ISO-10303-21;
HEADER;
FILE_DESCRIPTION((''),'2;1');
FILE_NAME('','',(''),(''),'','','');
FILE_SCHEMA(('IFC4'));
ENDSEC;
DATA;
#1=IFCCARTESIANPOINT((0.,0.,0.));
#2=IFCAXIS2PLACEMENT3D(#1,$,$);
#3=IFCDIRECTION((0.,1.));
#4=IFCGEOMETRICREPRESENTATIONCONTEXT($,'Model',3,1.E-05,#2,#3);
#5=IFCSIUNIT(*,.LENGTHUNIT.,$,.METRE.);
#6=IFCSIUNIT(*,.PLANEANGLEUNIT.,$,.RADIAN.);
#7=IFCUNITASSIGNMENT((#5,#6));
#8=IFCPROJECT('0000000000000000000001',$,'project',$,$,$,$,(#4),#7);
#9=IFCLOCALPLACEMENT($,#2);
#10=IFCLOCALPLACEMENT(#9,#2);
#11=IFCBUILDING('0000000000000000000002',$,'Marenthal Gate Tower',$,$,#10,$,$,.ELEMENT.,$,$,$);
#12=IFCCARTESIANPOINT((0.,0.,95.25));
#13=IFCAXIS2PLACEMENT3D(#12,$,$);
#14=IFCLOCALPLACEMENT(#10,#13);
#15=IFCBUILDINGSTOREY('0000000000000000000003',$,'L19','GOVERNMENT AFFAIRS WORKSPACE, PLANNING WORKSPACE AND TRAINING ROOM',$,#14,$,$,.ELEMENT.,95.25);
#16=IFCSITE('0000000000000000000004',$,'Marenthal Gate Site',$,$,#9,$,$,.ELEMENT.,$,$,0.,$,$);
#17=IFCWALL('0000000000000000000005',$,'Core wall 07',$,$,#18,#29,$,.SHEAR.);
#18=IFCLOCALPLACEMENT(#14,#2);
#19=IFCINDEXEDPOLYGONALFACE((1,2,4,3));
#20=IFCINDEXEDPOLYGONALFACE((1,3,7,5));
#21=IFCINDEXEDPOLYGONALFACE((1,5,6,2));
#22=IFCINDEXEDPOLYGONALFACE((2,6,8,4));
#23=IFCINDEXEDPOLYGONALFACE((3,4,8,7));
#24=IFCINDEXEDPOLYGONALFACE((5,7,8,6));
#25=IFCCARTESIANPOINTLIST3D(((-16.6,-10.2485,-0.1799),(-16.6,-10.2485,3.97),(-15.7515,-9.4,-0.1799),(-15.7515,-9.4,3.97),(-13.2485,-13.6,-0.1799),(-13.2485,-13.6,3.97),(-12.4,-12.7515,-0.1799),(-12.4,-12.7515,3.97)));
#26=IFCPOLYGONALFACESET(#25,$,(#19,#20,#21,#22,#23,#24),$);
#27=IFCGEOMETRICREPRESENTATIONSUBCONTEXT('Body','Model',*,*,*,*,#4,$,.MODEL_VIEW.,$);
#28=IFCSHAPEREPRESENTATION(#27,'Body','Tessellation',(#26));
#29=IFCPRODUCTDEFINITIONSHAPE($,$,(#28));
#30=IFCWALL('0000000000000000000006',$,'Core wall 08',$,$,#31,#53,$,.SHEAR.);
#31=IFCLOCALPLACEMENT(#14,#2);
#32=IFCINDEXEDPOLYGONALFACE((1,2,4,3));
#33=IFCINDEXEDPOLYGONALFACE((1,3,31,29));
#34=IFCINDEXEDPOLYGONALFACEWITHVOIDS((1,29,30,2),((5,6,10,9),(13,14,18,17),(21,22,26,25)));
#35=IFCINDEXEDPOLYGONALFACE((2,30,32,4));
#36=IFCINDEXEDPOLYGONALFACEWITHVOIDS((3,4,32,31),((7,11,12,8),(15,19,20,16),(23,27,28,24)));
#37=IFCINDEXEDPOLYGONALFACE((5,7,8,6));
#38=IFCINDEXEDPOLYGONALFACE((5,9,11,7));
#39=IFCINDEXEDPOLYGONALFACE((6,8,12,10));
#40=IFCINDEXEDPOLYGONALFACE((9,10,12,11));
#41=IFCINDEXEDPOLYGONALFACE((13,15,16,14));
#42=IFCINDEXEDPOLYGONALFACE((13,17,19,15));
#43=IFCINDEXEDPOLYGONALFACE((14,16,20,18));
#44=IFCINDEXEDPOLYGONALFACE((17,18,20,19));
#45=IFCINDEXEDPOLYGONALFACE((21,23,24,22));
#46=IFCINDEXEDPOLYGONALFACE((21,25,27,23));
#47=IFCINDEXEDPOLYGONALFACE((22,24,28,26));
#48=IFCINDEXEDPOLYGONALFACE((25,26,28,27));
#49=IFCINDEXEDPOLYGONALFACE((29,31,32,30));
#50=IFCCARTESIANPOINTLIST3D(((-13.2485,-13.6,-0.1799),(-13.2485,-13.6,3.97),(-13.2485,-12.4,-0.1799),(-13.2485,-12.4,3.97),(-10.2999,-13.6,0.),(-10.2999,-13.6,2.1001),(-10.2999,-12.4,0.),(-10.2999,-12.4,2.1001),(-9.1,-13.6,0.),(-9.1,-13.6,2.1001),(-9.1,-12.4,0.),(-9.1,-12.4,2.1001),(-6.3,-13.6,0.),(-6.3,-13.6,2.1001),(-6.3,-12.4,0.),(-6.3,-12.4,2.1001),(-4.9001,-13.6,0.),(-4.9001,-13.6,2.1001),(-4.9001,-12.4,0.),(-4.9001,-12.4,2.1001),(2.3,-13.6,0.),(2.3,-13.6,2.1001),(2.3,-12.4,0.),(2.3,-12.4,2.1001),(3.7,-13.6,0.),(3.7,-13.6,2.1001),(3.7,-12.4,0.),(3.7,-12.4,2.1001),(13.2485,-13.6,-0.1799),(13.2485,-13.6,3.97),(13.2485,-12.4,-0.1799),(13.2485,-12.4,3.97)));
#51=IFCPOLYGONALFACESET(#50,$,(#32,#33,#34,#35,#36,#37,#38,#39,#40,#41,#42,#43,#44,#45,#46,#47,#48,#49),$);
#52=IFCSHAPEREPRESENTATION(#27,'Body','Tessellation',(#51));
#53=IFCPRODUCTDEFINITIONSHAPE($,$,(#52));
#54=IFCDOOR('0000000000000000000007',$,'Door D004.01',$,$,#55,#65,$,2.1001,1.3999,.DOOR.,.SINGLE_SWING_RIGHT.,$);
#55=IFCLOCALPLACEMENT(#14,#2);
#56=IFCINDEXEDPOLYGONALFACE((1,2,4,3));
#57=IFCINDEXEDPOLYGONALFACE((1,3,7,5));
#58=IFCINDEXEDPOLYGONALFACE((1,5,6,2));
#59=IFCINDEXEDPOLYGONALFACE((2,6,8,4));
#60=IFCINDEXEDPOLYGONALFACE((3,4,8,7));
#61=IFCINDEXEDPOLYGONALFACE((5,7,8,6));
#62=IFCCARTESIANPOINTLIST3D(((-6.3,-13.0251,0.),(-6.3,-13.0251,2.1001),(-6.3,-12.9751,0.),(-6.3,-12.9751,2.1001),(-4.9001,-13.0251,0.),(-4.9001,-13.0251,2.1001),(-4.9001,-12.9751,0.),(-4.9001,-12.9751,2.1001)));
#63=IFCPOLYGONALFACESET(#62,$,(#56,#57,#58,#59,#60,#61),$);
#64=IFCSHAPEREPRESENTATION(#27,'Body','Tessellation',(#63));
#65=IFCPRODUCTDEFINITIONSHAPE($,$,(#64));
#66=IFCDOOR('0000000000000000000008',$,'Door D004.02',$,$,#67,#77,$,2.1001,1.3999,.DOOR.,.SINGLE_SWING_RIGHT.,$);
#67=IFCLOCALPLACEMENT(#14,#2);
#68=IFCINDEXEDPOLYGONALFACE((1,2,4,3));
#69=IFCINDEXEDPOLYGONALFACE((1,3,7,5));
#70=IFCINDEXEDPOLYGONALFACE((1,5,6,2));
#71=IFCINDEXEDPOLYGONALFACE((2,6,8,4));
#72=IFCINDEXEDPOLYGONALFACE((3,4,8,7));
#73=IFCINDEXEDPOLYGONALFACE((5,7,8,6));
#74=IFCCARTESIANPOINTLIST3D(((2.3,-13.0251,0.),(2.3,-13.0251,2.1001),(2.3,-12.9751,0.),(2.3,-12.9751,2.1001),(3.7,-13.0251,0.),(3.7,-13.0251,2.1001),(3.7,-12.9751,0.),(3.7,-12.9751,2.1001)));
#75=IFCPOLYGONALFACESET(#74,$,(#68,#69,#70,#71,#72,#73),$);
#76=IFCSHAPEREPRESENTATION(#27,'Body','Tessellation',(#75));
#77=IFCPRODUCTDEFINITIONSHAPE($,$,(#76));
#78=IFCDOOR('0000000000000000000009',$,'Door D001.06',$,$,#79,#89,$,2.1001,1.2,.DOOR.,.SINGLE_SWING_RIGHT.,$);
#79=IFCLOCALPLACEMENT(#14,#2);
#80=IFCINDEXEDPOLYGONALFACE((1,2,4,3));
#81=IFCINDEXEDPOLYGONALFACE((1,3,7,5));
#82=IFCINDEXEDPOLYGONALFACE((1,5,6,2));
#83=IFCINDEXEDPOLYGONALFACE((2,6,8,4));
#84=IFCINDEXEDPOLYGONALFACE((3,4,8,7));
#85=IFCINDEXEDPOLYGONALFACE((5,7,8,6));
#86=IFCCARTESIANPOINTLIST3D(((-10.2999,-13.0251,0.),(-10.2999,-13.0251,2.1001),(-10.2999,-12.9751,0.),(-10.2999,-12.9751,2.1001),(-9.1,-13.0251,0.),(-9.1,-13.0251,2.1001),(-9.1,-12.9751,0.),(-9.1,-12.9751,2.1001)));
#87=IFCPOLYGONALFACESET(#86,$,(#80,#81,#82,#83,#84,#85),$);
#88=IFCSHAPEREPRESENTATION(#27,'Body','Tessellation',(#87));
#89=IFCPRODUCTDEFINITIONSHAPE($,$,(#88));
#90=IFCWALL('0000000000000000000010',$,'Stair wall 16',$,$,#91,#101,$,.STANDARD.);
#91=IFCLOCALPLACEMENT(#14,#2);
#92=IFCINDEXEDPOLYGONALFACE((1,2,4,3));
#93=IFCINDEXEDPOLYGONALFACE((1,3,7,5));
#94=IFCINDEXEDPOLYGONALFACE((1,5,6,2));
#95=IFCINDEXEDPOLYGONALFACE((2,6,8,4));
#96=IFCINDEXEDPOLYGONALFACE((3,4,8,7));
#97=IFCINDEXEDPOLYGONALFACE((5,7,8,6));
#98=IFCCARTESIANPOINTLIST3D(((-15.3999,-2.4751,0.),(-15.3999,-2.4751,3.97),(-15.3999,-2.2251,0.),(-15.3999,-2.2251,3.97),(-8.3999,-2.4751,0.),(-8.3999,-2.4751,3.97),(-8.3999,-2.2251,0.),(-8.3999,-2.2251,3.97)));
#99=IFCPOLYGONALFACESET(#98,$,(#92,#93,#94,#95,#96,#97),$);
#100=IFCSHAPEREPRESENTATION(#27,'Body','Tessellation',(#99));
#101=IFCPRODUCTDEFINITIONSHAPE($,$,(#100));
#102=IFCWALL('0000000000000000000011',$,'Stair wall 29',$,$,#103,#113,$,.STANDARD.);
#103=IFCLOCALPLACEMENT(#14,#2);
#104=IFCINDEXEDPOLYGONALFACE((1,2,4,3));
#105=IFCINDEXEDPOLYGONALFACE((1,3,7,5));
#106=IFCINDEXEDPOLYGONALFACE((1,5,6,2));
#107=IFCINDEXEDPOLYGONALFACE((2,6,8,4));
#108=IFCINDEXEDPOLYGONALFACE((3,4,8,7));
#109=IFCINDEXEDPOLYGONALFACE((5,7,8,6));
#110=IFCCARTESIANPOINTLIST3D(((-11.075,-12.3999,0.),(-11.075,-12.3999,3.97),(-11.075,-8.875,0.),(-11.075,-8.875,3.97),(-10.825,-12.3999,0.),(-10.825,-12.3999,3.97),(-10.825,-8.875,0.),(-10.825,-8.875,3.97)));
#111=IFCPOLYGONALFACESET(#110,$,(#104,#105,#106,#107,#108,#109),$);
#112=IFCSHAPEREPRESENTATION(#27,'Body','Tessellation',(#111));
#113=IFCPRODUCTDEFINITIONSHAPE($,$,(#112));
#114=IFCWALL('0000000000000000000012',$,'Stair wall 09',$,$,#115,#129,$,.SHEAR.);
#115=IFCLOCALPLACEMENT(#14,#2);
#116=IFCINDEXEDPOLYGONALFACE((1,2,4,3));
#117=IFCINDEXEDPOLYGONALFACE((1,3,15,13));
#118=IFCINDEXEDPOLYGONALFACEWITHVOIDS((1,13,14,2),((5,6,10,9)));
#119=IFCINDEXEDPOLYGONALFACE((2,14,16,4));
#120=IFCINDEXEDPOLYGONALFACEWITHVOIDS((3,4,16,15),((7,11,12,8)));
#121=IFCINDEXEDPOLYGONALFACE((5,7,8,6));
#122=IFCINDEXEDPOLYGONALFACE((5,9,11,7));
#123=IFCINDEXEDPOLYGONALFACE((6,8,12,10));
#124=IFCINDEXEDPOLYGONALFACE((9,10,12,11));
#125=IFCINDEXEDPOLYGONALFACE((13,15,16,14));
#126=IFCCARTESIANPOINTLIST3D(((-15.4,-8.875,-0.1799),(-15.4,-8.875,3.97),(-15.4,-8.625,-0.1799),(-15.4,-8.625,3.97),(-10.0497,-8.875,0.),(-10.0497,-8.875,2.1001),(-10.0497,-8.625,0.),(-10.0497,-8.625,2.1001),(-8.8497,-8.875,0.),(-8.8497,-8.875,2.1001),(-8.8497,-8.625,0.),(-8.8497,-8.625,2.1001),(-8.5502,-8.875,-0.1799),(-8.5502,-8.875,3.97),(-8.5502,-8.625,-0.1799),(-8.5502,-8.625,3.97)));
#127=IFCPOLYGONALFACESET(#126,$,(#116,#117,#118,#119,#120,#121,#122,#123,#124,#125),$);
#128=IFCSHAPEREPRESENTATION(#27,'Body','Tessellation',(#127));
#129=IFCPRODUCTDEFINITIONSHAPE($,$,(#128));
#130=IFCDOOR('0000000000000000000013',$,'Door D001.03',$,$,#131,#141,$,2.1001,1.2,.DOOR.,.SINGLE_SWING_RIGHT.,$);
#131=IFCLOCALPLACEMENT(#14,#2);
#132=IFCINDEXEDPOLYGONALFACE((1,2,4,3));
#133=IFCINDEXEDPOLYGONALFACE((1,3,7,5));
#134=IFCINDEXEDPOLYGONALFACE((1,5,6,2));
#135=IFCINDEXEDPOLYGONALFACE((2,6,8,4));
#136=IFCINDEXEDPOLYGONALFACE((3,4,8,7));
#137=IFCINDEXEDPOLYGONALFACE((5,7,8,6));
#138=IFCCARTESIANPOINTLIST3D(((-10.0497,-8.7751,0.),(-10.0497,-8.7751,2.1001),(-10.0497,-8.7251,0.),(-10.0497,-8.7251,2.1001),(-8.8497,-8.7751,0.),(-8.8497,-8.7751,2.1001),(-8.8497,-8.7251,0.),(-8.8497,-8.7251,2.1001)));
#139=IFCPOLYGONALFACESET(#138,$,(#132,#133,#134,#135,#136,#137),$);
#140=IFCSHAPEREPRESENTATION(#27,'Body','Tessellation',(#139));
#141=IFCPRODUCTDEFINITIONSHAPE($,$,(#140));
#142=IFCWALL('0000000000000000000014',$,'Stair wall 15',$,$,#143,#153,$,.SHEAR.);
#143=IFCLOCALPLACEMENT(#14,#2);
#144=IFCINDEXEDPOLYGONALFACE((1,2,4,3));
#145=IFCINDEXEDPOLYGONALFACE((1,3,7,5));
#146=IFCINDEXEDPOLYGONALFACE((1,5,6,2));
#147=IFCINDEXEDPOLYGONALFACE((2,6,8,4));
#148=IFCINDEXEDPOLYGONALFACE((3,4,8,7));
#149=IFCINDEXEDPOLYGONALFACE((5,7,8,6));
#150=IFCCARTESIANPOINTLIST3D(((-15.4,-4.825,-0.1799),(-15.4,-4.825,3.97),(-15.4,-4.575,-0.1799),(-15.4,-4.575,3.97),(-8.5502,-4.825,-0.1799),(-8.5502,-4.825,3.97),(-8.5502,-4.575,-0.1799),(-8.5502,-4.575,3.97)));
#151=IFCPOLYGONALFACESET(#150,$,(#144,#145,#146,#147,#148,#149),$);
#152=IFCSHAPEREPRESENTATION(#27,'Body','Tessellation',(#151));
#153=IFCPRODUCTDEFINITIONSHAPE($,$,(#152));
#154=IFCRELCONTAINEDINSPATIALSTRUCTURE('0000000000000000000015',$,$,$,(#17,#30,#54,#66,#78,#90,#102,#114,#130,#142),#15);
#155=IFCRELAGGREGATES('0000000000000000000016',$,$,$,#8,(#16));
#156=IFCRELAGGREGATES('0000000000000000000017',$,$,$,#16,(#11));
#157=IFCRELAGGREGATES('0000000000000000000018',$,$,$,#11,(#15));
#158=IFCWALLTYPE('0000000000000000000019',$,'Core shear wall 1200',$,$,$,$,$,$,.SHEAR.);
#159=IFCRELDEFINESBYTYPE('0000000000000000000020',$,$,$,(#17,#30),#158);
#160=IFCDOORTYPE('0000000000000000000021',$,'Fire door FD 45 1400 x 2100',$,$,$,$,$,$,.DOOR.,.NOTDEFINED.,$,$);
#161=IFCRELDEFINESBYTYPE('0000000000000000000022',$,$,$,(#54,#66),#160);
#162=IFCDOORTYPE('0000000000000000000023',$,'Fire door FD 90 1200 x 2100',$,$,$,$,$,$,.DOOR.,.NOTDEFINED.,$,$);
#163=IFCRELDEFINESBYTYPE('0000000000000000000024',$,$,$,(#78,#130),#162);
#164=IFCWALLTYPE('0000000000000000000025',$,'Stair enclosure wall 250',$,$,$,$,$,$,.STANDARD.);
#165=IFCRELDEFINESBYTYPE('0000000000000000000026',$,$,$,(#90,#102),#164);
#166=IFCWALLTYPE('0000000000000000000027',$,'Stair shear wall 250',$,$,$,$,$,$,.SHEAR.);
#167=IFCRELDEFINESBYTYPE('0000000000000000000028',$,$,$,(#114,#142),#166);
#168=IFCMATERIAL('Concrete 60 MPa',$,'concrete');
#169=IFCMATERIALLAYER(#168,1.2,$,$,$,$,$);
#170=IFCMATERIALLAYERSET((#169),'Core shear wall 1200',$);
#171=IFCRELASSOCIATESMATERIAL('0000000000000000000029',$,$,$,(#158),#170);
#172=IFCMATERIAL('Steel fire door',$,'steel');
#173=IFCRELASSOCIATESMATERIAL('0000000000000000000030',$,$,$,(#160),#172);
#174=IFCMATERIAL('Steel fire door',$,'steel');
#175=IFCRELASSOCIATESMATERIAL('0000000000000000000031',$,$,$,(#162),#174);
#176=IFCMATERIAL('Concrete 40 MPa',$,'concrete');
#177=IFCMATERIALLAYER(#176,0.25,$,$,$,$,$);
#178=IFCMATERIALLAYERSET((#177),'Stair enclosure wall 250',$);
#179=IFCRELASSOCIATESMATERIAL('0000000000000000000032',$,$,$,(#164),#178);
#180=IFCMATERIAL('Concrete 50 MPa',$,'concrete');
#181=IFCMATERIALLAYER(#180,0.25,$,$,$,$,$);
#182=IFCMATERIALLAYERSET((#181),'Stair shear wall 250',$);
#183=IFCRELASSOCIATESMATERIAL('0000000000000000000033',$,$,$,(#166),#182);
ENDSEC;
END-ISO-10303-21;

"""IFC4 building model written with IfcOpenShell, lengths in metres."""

from ifc_helpers import new_model, si_unit, direction, frame, frame_2d, origin, place, context, subcontext, project, spatial, rectangle, extrude, material, layer, layer_set, type_object, element, fill, save


model = new_model("IFC4")

# Units and contexts
model_context = context("Model", 3, precision=1e-05, world=origin(), true_north=direction((0.0, 1.0)))
body_context = subcontext(model_context, "Body", "Model", "MODEL_VIEW")
ifc_project = project(units=[si_unit("LENGTHUNIT", "METRE"), si_unit("PLANEANGLEUNIT", "RADIAN")], contexts=[model_context])

# Site, building, storey
site_placement = place(None, origin())
site = spatial("IfcSite", under=ifc_project, at=site_placement, Name="Marenthal Gate Site", CompositionType="ELEMENT", RefElevation=0.0)
building_placement = place(site_placement, origin())
building = spatial("IfcBuilding", under=site, at=building_placement, Name="Marenthal Gate Tower", CompositionType="ELEMENT")
storey_placement = place(building_placement, frame((0.0, 0.0, 95.25)))
storey = spatial("IfcBuildingStorey", under=building, at=storey_placement, Name="L19", Description="GOVERNMENT AFFAIRS WORKSPACE, PLANNING WORKSPACE AND TRAINING ROOM", CompositionType="ELEMENT", Elevation=95.25)

# Wall
ifc_material_1 = material(Name="Concrete 60 MPa", Category="concrete")
ifc_layer_1 = layer(ifc_material_1, 1.2)
ifc_layer_set_1 = layer_set([ifc_layer_1], Name="Core shear wall 1200")
wall_type_1 = type_object("IfcWallType", Name="Core shear wall 1200", PredefinedType="SHEAR", material=ifc_layer_set_1)
wall_1_placement = place(storey_placement, frame((-16.1758, -9.8242, -0.1799), z_axis=(0.0, 0.0, 1.0), x_axis=(0.707107, -0.707107, 0.0)))
element("IfcWall", 1, at=wall_1_placement, inside=storey, type_object=wall_type_1, Name="Core wall 07", PredefinedType="SHEAR", context=body_context, shape_type="SweptSolid", body=[
    extrude(rectangle(XDim=4.7397, YDim=1.2, at=frame_2d((2.3699, 0.0))), origin(), (0.0, 0.0, 1.0), 4.1499),
])

# Wall, openings, doors
wall_2_placement = place(storey_placement, frame((-13.2485, -13.0, -0.1799), z_axis=(0.0, 0.0, 1.0), x_axis=(1.0, 0.0, 0.0)))
wall_2 = element("IfcWall", 2, at=wall_2_placement, inside=storey, type_object=wall_type_1, Name="Core wall 08", PredefinedType="SHEAR", context=body_context, shape_type="SweptSolid", body=[
    extrude(rectangle(XDim=26.4971, YDim=1.2, at=frame_2d((13.2485, 0.0))), origin(), (0.0, 0.0, 1.0), 4.1499),
])
opening_1_placement = place(wall_2_placement, frame((2.9485, 0.0, 0.1799)))
opening_1 = element("IfcOpeningElement", 3, at=opening_1_placement, cuts=wall_2, PredefinedType="OPENING", context=body_context, shape_type="SweptSolid", body=[
    extrude(rectangle(XDim=1.2, YDim=2.1001, at=frame_2d((0.6001, 1.05))), frame((0.0, 0.6099, 0.0), z_axis=(0.0, -1.0, 0.0), x_axis=(1.0, 0.0, 0.0)), (0.0, 0.0, 1.0), 1.22),
])
opening_2_placement = place(wall_2_placement, frame((6.9485, 0.0, 0.1799)))
opening_2 = element("IfcOpeningElement", 4, at=opening_2_placement, cuts=wall_2, PredefinedType="OPENING", context=body_context, shape_type="SweptSolid", body=[
    extrude(rectangle(XDim=1.3999, YDim=2.1001, at=frame_2d((0.7, 1.05))), frame((0.0, 0.6099, 0.0), z_axis=(0.0, -1.0, 0.0), x_axis=(1.0, 0.0, 0.0)), (0.0, 0.0, 1.0), 1.22),
])
opening_3_placement = place(wall_2_placement, frame((15.5486, 0.0, 0.1799)))
opening_3 = element("IfcOpeningElement", 5, at=opening_3_placement, cuts=wall_2, PredefinedType="OPENING", context=body_context, shape_type="SweptSolid", body=[
    extrude(rectangle(XDim=1.3999, YDim=2.1001, at=frame_2d((0.7, 1.05))), frame((0.0, 0.6099, 0.0), z_axis=(0.0, -1.0, 0.0), x_axis=(1.0, 0.0, 0.0)), (0.0, 0.0, 1.0), 1.22),
])
ifc_material_2 = material(Name="Steel fire door", Category="steel")
door_type_1 = type_object("IfcDoorType", Name="Fire door FD 45 1400 x 2100", OperationType="NOTDEFINED", PredefinedType="DOOR", material=ifc_material_2)
door_1_placement = place(opening_2_placement, origin())
door_1 = element("IfcDoor", 6, at=door_1_placement, inside=storey, type_object=door_type_1, Name="Door D004.01", OperationType="SINGLE_SWING_RIGHT", OverallHeight=2.1001, OverallWidth=1.3999, PredefinedType="DOOR", context=body_context, shape_type="SweptSolid", body=[
    extrude(rectangle(XDim=1.3999, YDim=2.1001, at=frame_2d((0.7, 1.05))), frame((0.0, 0.0249, 0.0), z_axis=(0.0, -1.0, 0.0), x_axis=(1.0, 0.0, 0.0)), (0.0, 0.0, 1.0), 0.05),
])
fill(opening_2, door_1)
door_2_placement = place(opening_3_placement, origin())
door_2 = element("IfcDoor", 7, at=door_2_placement, inside=storey, type_object=door_type_1, Name="Door D004.02", OperationType="SINGLE_SWING_RIGHT", OverallHeight=2.1001, OverallWidth=1.3999, PredefinedType="DOOR", context=body_context, shape_type="SweptSolid", body=[
    extrude(rectangle(XDim=1.3999, YDim=2.1001, at=frame_2d((0.7, 1.05))), frame((0.0, 0.0249, 0.0), z_axis=(0.0, -1.0, 0.0), x_axis=(1.0, 0.0, 0.0)), (0.0, 0.0, 1.0), 0.05),
])
fill(opening_3, door_2)
ifc_material_3 = material(Name="Steel fire door", Category="steel")
door_type_2 = type_object("IfcDoorType", Name="Fire door FD 90 1200 x 2100", OperationType="NOTDEFINED", PredefinedType="DOOR", material=ifc_material_3)
door_3_placement = place(opening_1_placement, origin())
door_3 = element("IfcDoor", 8, at=door_3_placement, inside=storey, type_object=door_type_2, Name="Door D001.06", OperationType="SINGLE_SWING_RIGHT", OverallHeight=2.1001, OverallWidth=1.2, PredefinedType="DOOR", context=body_context, shape_type="SweptSolid", body=[
    extrude(rectangle(XDim=1.2, YDim=2.1001, at=frame_2d((0.6001, 1.05))), frame((0.0, 0.0249, 0.0), z_axis=(0.0, -1.0, 0.0), x_axis=(1.0, 0.0, 0.0)), (0.0, 0.0, 1.0), 0.05),
])
fill(opening_1, door_3)

# Walls
ifc_material_4 = material(Name="Concrete 40 MPa", Category="concrete")
ifc_layer_2 = layer(ifc_material_4, 0.25)
ifc_layer_set_2 = layer_set([ifc_layer_2], Name="Stair enclosure wall 250")
wall_type_2 = type_object("IfcWallType", Name="Stair enclosure wall 250", PredefinedType="STANDARD", material=ifc_layer_set_2)
wall_3_placement = place(storey_placement, frame((-15.3999, -2.3501, 0.0), z_axis=(0.0, 0.0, 1.0), x_axis=(1.0, 0.0, 0.0)))
element("IfcWall", 9, at=wall_3_placement, inside=storey, type_object=wall_type_2, Name="Stair wall 16", PredefinedType="STANDARD", context=body_context, shape_type="SweptSolid", body=[
    extrude(rectangle(XDim=7.0, YDim=0.25, at=frame_2d((3.5, 0.0))), origin(), (0.0, 0.0, 1.0), 3.97),
])
wall_4_placement = place(storey_placement, frame((-10.95, -12.3999, 0.0), z_axis=(0.0, 0.0, 1.0), x_axis=(0.0, 1.0, 0.0)))
element("IfcWall", 10, at=wall_4_placement, inside=storey, type_object=wall_type_2, Name="Stair wall 29", PredefinedType="STANDARD", context=body_context, shape_type="SweptSolid", body=[
    extrude(rectangle(XDim=3.5249, YDim=0.25, at=frame_2d((1.7625, 0.0))), origin(), (0.0, 0.0, 1.0), 3.97),
])

# Wall, opening, door
ifc_material_5 = material(Name="Concrete 50 MPa", Category="concrete")
ifc_layer_3 = layer(ifc_material_5, 0.25)
ifc_layer_set_3 = layer_set([ifc_layer_3], Name="Stair shear wall 250")
wall_type_3 = type_object("IfcWallType", Name="Stair shear wall 250", PredefinedType="SHEAR", material=ifc_layer_set_3)
wall_5_placement = place(storey_placement, frame((-15.3999, -8.75, -0.1799), z_axis=(0.0, 0.0, 1.0), x_axis=(1.0, 0.0, 0.0)))
wall_5 = element("IfcWall", 11, at=wall_5_placement, inside=storey, type_object=wall_type_3, Name="Stair wall 09", PredefinedType="SHEAR", context=body_context, shape_type="SweptSolid", body=[
    extrude(rectangle(XDim=6.8499, YDim=0.25, at=frame_2d((3.4248, 0.0))), origin(), (0.0, 0.0, 1.0), 4.1499),
])
opening_4_placement = place(wall_5_placement, frame((5.3501, 0.0, 0.1799)))
opening_4 = element("IfcOpeningElement", 12, at=opening_4_placement, cuts=wall_5, PredefinedType="OPENING", context=body_context, shape_type="SweptSolid", body=[
    extrude(rectangle(XDim=1.2, YDim=2.1001, at=frame_2d((0.6001, 1.05))), frame((0.0, 0.135, 0.0), z_axis=(0.0, -1.0, 0.0), x_axis=(1.0, 0.0, 0.0)), (0.0, 0.0, 1.0), 0.27),
])
door_4_placement = place(opening_4_placement, origin())
door_4 = element("IfcDoor", 13, at=door_4_placement, inside=storey, type_object=door_type_2, Name="Door D001.03", OperationType="SINGLE_SWING_RIGHT", OverallHeight=2.1001, OverallWidth=1.2, PredefinedType="DOOR", context=body_context, shape_type="SweptSolid", body=[
    extrude(rectangle(XDim=1.2, YDim=2.1001, at=frame_2d((0.6001, 1.05))), frame((0.0, 0.0249, 0.0), z_axis=(0.0, -1.0, 0.0), x_axis=(1.0, 0.0, 0.0)), (0.0, 0.0, 1.0), 0.05),
])
fill(opening_4, door_4)

# Wall
wall_6_placement = place(storey_placement, frame((-15.3999, -4.7, -0.1799), z_axis=(0.0, 0.0, 1.0), x_axis=(1.0, 0.0, 0.0)))
element("IfcWall", 14, at=wall_6_placement, inside=storey, type_object=wall_type_3, Name="Stair wall 15", PredefinedType="SHEAR", context=body_context, shape_type="SweptSolid", body=[
    extrude(rectangle(XDim=6.8499, YDim=0.25, at=frame_2d((3.4248, 0.0))), origin(), (0.0, 0.0, 1.0), 4.1499),
])

save(model, "model.ifc")
